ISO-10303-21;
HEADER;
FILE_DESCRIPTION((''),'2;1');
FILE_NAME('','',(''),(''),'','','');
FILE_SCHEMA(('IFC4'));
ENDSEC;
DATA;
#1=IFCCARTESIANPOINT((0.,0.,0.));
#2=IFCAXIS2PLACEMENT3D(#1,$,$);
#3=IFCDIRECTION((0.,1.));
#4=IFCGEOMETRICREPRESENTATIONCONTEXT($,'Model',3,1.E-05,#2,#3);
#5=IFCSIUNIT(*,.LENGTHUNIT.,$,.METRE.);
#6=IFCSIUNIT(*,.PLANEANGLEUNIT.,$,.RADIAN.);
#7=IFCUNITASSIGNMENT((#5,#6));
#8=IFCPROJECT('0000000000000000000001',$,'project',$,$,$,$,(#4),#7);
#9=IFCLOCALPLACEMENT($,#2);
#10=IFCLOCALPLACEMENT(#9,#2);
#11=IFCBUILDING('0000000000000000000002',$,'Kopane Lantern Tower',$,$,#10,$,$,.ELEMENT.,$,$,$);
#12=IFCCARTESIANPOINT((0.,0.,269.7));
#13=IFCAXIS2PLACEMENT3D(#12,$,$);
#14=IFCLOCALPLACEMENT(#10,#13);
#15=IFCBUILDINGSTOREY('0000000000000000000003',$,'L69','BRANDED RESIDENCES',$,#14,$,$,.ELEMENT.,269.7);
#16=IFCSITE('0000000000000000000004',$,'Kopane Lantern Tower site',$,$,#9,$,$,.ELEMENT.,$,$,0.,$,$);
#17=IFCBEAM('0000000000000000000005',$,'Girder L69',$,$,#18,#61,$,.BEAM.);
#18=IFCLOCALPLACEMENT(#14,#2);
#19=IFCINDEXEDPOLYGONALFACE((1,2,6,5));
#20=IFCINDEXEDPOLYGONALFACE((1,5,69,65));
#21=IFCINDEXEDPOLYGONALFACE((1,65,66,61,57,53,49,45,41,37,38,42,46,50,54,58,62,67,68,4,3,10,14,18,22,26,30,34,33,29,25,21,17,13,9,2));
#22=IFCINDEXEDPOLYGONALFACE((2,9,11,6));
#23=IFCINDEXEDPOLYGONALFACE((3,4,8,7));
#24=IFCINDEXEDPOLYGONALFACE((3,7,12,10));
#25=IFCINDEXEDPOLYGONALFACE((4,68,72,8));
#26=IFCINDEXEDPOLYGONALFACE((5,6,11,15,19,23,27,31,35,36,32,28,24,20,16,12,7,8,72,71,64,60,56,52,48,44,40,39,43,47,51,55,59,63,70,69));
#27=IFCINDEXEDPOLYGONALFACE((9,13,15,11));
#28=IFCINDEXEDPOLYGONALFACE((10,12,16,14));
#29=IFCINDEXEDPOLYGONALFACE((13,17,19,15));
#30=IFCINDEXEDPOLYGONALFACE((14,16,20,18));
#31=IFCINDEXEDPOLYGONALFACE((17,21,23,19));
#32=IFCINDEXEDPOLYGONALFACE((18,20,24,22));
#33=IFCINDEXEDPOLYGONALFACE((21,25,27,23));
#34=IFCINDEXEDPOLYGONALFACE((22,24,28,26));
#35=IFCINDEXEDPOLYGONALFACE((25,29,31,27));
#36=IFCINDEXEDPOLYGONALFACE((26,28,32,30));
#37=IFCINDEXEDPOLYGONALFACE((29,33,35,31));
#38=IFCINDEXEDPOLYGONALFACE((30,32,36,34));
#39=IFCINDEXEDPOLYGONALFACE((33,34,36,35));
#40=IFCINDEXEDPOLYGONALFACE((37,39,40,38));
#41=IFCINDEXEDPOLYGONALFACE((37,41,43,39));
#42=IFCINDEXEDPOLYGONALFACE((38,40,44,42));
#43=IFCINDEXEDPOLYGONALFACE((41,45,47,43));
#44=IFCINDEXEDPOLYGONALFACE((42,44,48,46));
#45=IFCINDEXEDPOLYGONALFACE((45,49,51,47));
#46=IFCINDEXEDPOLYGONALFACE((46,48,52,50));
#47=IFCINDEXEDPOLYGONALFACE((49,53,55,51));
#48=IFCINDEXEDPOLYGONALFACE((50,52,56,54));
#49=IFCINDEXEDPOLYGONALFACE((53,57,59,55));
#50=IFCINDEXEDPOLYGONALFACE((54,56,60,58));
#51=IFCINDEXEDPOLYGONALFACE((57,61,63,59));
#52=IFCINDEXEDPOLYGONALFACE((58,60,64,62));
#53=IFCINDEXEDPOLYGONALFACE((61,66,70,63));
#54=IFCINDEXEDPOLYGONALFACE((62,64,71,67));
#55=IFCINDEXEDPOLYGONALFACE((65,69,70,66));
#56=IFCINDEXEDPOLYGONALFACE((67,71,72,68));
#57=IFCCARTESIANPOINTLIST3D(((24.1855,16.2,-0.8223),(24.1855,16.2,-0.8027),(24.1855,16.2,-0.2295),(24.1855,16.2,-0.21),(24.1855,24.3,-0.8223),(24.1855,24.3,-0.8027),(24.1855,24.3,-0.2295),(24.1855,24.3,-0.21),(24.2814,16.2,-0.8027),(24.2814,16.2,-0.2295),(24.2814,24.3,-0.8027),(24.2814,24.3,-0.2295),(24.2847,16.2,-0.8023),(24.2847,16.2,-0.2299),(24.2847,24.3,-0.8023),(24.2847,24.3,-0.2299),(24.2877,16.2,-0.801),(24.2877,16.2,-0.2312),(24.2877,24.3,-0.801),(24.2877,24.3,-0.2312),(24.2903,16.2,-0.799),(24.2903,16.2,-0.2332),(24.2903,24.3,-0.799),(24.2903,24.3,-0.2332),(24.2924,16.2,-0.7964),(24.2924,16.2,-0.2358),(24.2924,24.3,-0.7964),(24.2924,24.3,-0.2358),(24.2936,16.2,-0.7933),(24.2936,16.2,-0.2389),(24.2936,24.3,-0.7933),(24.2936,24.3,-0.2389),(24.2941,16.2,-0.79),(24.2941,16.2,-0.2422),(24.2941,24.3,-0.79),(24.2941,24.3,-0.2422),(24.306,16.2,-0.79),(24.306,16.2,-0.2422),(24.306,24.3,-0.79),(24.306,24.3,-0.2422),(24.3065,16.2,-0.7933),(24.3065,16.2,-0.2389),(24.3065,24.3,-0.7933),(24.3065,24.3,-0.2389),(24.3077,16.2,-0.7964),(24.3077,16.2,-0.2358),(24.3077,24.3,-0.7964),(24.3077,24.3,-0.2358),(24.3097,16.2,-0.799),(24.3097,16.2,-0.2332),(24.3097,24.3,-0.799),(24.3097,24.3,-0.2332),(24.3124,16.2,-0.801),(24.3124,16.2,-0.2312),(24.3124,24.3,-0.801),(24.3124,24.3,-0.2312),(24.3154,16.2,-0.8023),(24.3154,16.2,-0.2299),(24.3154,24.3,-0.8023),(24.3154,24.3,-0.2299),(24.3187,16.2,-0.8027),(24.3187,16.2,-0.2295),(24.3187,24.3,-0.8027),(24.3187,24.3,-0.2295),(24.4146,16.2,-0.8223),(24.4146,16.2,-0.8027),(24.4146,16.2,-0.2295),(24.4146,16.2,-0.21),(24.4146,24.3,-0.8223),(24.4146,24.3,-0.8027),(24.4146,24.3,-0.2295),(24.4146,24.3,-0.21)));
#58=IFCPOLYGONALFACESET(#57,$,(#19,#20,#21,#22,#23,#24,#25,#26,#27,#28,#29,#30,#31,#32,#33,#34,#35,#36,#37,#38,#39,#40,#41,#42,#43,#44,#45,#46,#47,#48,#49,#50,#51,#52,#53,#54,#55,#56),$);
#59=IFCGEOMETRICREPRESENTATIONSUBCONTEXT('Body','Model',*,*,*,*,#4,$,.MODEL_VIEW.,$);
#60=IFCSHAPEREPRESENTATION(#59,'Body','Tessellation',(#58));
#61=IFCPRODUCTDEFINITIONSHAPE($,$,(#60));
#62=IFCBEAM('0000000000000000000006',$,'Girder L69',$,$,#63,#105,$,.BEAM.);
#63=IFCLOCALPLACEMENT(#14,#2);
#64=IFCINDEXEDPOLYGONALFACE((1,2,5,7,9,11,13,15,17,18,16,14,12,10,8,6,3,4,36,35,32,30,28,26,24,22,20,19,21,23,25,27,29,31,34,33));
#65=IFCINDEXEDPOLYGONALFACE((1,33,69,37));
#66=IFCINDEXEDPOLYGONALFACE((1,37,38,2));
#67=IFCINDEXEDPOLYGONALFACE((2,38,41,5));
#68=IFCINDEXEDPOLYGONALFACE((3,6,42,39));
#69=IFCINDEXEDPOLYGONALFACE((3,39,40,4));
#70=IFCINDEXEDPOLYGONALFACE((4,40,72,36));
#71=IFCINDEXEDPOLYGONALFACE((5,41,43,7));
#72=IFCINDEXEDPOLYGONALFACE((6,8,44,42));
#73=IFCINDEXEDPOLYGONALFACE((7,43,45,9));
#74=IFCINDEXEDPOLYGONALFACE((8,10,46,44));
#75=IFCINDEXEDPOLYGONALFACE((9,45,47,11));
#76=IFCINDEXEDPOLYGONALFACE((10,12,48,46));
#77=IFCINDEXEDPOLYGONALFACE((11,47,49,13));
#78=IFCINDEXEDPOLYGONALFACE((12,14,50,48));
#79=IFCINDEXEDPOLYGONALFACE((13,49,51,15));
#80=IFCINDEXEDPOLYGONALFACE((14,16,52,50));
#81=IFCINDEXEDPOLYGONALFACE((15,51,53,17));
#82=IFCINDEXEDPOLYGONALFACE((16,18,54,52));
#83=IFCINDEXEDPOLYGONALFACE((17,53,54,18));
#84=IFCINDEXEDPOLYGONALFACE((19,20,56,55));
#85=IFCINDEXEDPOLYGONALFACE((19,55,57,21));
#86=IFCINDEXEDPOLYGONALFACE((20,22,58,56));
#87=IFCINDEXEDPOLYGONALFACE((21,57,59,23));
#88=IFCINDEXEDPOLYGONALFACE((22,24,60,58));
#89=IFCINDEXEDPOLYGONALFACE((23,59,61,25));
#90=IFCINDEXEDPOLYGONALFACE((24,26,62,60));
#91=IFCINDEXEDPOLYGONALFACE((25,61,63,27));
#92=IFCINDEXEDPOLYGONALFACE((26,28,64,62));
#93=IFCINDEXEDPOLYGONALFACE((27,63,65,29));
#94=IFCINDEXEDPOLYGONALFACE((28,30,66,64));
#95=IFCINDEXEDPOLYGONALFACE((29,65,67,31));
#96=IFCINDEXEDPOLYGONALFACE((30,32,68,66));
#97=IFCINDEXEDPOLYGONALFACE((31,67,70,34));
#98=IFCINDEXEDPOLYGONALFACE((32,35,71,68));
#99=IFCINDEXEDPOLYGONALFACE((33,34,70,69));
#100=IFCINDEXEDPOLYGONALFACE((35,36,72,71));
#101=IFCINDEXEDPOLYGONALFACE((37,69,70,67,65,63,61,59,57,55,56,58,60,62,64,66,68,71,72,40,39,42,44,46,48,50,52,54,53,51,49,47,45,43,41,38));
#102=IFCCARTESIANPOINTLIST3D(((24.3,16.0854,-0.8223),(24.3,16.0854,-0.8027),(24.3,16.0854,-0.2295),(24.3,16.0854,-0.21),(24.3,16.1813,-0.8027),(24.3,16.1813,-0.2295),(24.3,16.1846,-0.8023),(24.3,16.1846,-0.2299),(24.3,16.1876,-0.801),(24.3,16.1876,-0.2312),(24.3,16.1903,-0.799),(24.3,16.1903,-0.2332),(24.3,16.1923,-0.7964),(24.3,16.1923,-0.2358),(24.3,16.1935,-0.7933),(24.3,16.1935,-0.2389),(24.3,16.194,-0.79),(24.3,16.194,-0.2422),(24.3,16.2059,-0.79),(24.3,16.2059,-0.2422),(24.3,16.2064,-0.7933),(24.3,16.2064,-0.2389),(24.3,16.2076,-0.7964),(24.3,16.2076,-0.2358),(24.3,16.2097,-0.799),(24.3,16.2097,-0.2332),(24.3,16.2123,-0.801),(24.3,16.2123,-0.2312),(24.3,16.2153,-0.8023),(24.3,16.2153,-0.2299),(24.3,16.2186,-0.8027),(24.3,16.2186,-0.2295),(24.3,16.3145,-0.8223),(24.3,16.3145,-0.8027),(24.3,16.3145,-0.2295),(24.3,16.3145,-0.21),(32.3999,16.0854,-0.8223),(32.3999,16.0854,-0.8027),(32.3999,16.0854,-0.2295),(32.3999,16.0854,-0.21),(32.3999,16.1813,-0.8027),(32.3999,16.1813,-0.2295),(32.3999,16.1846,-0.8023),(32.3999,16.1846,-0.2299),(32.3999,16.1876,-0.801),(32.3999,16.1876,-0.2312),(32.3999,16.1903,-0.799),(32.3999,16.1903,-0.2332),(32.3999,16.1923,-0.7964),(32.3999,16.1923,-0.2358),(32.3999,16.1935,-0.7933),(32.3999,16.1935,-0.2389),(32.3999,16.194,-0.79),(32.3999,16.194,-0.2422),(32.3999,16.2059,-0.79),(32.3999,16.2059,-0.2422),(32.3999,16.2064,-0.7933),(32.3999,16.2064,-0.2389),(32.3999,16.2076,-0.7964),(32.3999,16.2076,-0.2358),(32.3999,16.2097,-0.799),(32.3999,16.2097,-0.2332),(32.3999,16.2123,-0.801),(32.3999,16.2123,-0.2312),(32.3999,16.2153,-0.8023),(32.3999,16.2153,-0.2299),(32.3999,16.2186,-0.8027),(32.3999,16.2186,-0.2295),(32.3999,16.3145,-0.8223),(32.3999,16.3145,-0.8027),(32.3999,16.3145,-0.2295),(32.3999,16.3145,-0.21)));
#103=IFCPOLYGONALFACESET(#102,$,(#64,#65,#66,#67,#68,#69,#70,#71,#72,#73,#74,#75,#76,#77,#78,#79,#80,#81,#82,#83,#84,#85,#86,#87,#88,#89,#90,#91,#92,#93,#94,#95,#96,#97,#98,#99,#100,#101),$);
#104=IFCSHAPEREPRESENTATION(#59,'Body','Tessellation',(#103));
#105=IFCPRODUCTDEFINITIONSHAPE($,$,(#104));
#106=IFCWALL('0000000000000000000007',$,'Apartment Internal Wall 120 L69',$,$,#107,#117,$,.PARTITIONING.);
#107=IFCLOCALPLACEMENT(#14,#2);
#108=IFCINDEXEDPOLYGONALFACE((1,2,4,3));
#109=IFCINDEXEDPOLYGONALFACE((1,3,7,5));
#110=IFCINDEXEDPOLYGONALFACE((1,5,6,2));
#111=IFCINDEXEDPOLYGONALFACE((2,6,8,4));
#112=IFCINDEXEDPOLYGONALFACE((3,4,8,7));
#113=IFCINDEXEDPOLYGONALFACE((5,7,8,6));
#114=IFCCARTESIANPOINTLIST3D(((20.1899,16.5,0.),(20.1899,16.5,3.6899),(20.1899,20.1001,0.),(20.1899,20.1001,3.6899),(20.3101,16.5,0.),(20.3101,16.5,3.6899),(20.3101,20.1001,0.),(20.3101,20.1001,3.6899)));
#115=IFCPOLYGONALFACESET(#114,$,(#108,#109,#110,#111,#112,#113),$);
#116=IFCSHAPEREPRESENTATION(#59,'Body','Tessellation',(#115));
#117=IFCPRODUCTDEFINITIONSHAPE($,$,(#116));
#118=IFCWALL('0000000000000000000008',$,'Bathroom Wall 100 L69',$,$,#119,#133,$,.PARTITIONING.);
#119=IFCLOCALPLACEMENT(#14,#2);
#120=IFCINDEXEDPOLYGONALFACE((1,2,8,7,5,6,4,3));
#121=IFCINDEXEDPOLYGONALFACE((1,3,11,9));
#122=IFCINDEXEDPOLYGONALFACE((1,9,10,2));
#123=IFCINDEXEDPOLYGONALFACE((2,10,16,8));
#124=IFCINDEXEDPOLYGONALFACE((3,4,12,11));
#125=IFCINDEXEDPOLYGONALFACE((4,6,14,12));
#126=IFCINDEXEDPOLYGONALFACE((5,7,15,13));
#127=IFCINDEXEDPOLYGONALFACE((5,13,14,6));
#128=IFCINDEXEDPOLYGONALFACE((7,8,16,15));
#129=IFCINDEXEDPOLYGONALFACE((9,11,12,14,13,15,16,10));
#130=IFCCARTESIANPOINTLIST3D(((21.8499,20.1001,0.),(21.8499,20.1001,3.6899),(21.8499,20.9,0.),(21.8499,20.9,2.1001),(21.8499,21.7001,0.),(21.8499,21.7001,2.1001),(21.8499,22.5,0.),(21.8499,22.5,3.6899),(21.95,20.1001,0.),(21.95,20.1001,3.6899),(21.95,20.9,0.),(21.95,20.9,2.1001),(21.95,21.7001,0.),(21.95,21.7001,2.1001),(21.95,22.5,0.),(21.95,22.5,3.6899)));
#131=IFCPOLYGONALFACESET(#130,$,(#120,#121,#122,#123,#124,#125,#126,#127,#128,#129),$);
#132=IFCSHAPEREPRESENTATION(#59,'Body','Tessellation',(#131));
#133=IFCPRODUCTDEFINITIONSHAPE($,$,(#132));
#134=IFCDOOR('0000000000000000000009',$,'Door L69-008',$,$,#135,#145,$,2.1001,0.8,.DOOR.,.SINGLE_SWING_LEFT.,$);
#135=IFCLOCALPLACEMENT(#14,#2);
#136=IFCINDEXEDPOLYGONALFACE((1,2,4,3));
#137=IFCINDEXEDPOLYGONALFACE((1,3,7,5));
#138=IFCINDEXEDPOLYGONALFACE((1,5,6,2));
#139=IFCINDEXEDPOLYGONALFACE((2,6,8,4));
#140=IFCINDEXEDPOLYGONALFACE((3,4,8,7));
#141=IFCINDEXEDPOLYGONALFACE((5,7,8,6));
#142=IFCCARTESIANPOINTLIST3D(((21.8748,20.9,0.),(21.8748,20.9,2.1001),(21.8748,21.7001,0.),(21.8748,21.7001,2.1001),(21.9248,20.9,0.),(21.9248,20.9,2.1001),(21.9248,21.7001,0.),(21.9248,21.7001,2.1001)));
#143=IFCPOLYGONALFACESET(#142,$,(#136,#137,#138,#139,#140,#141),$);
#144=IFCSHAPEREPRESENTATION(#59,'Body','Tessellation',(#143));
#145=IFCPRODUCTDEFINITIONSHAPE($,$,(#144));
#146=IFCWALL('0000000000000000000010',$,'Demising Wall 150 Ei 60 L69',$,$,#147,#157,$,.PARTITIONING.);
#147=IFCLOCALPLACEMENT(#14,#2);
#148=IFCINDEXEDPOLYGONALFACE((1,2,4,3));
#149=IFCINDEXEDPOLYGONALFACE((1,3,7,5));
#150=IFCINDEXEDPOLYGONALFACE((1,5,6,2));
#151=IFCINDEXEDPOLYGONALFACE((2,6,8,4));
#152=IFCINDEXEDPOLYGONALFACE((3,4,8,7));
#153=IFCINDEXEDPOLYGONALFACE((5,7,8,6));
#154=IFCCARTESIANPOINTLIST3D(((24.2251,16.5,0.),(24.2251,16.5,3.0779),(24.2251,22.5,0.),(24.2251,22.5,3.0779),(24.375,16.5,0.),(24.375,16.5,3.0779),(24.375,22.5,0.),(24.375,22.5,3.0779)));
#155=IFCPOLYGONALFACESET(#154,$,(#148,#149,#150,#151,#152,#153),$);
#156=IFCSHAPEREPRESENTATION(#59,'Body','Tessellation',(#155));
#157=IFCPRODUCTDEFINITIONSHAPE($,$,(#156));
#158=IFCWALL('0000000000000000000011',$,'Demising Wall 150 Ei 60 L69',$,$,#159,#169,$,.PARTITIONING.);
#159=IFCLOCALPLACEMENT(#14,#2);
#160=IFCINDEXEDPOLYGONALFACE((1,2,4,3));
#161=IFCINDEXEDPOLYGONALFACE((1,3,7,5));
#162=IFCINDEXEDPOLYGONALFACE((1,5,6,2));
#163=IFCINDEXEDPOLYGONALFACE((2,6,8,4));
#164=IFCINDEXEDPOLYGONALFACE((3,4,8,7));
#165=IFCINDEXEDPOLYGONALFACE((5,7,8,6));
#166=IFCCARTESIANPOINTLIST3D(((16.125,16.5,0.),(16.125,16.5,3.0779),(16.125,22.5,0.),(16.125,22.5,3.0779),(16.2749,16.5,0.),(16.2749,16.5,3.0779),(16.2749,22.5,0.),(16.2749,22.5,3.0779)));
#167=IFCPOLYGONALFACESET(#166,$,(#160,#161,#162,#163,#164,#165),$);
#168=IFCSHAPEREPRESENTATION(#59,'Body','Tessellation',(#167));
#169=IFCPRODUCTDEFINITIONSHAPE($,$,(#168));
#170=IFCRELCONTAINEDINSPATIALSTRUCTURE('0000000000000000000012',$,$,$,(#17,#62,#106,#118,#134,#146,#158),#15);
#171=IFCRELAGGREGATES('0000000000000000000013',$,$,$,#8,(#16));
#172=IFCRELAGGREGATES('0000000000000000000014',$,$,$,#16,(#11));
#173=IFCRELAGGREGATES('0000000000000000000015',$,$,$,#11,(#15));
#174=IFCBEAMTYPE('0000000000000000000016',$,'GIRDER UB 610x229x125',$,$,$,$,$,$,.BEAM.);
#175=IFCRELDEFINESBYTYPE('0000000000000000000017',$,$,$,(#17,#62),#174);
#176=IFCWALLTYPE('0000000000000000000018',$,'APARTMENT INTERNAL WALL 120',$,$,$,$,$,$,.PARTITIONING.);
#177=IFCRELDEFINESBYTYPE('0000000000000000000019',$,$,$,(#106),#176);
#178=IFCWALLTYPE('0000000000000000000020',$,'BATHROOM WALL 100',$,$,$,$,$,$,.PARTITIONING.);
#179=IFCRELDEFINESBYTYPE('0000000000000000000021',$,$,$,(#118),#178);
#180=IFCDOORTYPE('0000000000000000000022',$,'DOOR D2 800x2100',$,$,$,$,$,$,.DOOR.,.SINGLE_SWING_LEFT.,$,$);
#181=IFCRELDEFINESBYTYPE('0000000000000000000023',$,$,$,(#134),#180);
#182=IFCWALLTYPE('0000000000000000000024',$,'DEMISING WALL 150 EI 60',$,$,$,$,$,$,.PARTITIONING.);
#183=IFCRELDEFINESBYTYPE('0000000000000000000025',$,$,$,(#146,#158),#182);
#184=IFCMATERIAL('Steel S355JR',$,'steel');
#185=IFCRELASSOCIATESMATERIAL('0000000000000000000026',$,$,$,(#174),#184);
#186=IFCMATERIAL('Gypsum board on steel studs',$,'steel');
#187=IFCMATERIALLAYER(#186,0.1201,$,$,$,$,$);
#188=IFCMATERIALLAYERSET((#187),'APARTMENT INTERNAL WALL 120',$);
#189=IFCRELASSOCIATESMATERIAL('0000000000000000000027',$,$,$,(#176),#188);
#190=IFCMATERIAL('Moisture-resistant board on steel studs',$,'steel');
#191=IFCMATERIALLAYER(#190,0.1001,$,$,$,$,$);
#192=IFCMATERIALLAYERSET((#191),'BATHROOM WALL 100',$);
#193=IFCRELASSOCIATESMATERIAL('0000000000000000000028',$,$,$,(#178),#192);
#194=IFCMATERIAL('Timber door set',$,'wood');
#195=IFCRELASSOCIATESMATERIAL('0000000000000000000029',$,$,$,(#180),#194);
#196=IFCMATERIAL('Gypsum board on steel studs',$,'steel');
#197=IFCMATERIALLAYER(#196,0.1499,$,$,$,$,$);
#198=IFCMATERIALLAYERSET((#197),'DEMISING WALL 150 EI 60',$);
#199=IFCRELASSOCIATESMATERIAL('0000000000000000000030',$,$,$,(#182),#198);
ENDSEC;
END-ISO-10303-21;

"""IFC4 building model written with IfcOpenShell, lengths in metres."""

from ifc_helpers import new_model, si_unit, direction, frame, frame_2d, origin, origin_2d, place, context, subcontext, project, spatial, rectangle, i_section, extrude, material, layer, layer_set, material_profile, profile_set, type_object, element, fill, save


model = new_model("IFC4")

# Units and contexts
model_context = context("Model", 3, precision=1e-05, world=origin(), true_north=direction((0.0, 1.0)))
body_context = subcontext(model_context, "Body", "Model", "MODEL_VIEW")
ifc_project = project(units=[si_unit("LENGTHUNIT", "METRE"), si_unit("PLANEANGLEUNIT", "RADIAN")], contexts=[model_context])

# Site, building, storey
site_placement = place(None, origin())
site = spatial("IfcSite", under=ifc_project, at=site_placement, Name="Kopane Lantern Tower site", CompositionType="ELEMENT", RefElevation=0.0)
building_placement = place(site_placement, origin())
building = spatial("IfcBuilding", under=site, at=building_placement, Name="Kopane Lantern Tower", CompositionType="ELEMENT")
storey_placement = place(building_placement, frame((0.0, 0.0, 269.7)))
storey = spatial("IfcBuildingStorey", under=building, at=storey_placement, Name="L69", Description="BRANDED RESIDENCES", CompositionType="ELEMENT", Elevation=269.7)

# Beams
ifc_material_1 = material(Name="Steel S355JR", Category="steel")
ifc_material_profile_1 = material_profile(ifc_material_1, i_section(OverallWidth=0.229, OverallDepth=0.6123, WebThickness=0.012, FlangeThickness=0.0195, FilletRadius=0.0127, at=origin_2d()), Name="UB 610x229x125")
ifc_profile_set_1 = profile_set([ifc_material_profile_1], Name="Steel S355JR")
beam_type = type_object("IfcBeamType", Name="GIRDER UB 610x229x125", PredefinedType="BEAM", material=ifc_profile_set_1)
for number, where, z_axis, x_axis, name in (
    (1, (24.3, 16.2, -0.5161), (0.0, 1.0, 0.0), (-1.0, 0.0, 0.0), "Girder L69"),
):
    element("IfcBeam", number, at=place(storey_placement, frame(where, z_axis=z_axis, x_axis=x_axis)), inside=storey, type_object=beam_type, Name=name, PredefinedType="BEAM", context=body_context, shape_type="SweptSolid", body=[
        extrude(i_section(OverallWidth=0.229, OverallDepth=0.6123, WebThickness=0.012, FlangeThickness=0.0195, FilletRadius=0.0127, at=origin_2d()), origin(), (0.0, 0.0, 1.0), 8.1001),
    ])
beam_placement = place(storey_placement, frame((24.3, 16.2, -0.5161), z_axis=(1.0, 0.0, 0.0), x_axis=(0.0, 1.0, 0.0)))
element("IfcBeam", 2, at=beam_placement, inside=storey, type_object=beam_type, Name="Girder L69", PredefinedType="BEAM", context=body_context, shape_type="SweptSolid", body=[
    extrude(i_section(OverallWidth=0.229, OverallDepth=0.6123, WebThickness=0.012, FlangeThickness=0.0195, FilletRadius=0.0127, at=origin_2d()), origin(), (0.0, 0.0, 1.0), 8.0999),
])

# Wall
ifc_material_2 = material(Name="Gypsum board on steel studs", Category="steel")
ifc_layer_1 = layer(ifc_material_2, 0.1201)
ifc_layer_set_1 = layer_set([ifc_layer_1], Name="APARTMENT INTERNAL WALL 120")
wall_type_1 = type_object("IfcWallType", Name="APARTMENT INTERNAL WALL 120", PredefinedType="PARTITIONING", material=ifc_layer_set_1)
wall_1_placement = place(storey_placement, frame((20.25, 20.1001, 0.0), z_axis=(0.0, 0.0, 1.0), x_axis=(0.0, -1.0, 0.0)))
element("IfcWall", 3, at=wall_1_placement, inside=storey, type_object=wall_type_1, Name="Apartment Internal Wall 120 L69", PredefinedType="PARTITIONING", context=body_context, shape_type="SweptSolid", body=[
    extrude(rectangle(XDim=3.6001, YDim=0.1201, at=frame_2d((1.8, 0.0))), origin(), (0.0, 0.0, 1.0), 3.6899),
])

# Wall, opening, door
ifc_material_3 = material(Name="Moisture-resistant board on steel studs", Category="steel")
ifc_layer_2 = layer(ifc_material_3, 0.1001)
ifc_layer_set_2 = layer_set([ifc_layer_2], Name="BATHROOM WALL 100")
wall_type_2 = type_object("IfcWallType", Name="BATHROOM WALL 100", PredefinedType="PARTITIONING", material=ifc_layer_set_2)
wall_2_placement = place(storey_placement, frame((21.8999, 22.5, 0.0), z_axis=(0.0, 0.0, 1.0), x_axis=(0.0, -1.0, 0.0)))
wall_2 = element("IfcWall", 4, at=wall_2_placement, inside=storey, type_object=wall_type_2, Name="Bathroom Wall 100 L69", PredefinedType="PARTITIONING", context=body_context, shape_type="SweptSolid", body=[
    extrude(rectangle(XDim=2.3999, YDim=0.1001, at=frame_2d((1.2, 0.0))), origin(), (0.0, 0.0, 1.0), 3.6899),
])
opening_1_placement = place(wall_2_placement, frame((0.8, 0.0, 0.0)))
opening_1 = element("IfcOpeningElement", 5, at=opening_1_placement, cuts=wall_2, PredefinedType="OPENING", context=body_context, shape_type="SweptSolid", body=[
    extrude(rectangle(XDim=0.8, YDim=2.1001, at=frame_2d((0.3999, 1.05))), frame((0.0, 0.0601, 0.0), z_axis=(0.0, -1.0, 0.0), x_axis=(1.0, 0.0, 0.0)), (0.0, 0.0, 1.0), 0.1201),
])
ifc_material_4 = material(Name="Timber door set", Category="wood")
door_type_1 = type_object("IfcDoorType", Name="DOOR D2 800x2100", OperationType="SINGLE_SWING_LEFT", PredefinedType="DOOR", material=ifc_material_4)
door_1_placement = place(opening_1_placement, origin())
door_1 = element("IfcDoor", 6, at=door_1_placement, inside=storey, type_object=door_type_1, Name="Door L69-008", OperationType="SINGLE_SWING_LEFT", OverallHeight=2.1001, OverallWidth=0.8, PredefinedType="DOOR", context=body_context, shape_type="SweptSolid", body=[
    extrude(rectangle(XDim=0.8, YDim=2.1001, at=frame_2d((0.3999, 1.05))), frame((0.0, 0.0249, 0.0), z_axis=(0.0, -1.0, 0.0), x_axis=(1.0, 0.0, 0.0)), (0.0, 0.0, 1.0), 0.05),
])
fill(opening_1, door_1)

# Walls
ifc_material_5 = material(Name="Gypsum board on steel studs", Category="steel")
ifc_layer_3 = layer(ifc_material_5, 0.1499)
ifc_layer_set_3 = layer_set([ifc_layer_3], Name="DEMISING WALL 150 EI 60")
wall_type_3 = type_object("IfcWallType", Name="DEMISING WALL 150 EI 60", PredefinedType="PARTITIONING", material=ifc_layer_set_3)
for number, where, z_axis, x_axis, name in (
    (7, (24.3, 22.5, 0.0), (0.0, 0.0, 1.0), (0.0, -1.0, 0.0), "Demising Wall 150 Ei 60 L69"),
    (8, (16.2, 22.5, 0.0), (0.0, 0.0, 1.0), (0.0, -1.0, 0.0), "Demising Wall 150 Ei 60 L69"),
):
    element("IfcWall", number, at=place(storey_placement, frame(where, z_axis=z_axis, x_axis=x_axis)), inside=storey, type_object=wall_type_3, Name=name, PredefinedType="PARTITIONING", context=body_context, shape_type="SweptSolid", body=[
        extrude(rectangle(XDim=6.0, YDim=0.1499, at=frame_2d((3.0, 0.0))), origin(), (0.0, 0.0, 1.0), 3.0779),
    ])

save(model, "model.ifc")
